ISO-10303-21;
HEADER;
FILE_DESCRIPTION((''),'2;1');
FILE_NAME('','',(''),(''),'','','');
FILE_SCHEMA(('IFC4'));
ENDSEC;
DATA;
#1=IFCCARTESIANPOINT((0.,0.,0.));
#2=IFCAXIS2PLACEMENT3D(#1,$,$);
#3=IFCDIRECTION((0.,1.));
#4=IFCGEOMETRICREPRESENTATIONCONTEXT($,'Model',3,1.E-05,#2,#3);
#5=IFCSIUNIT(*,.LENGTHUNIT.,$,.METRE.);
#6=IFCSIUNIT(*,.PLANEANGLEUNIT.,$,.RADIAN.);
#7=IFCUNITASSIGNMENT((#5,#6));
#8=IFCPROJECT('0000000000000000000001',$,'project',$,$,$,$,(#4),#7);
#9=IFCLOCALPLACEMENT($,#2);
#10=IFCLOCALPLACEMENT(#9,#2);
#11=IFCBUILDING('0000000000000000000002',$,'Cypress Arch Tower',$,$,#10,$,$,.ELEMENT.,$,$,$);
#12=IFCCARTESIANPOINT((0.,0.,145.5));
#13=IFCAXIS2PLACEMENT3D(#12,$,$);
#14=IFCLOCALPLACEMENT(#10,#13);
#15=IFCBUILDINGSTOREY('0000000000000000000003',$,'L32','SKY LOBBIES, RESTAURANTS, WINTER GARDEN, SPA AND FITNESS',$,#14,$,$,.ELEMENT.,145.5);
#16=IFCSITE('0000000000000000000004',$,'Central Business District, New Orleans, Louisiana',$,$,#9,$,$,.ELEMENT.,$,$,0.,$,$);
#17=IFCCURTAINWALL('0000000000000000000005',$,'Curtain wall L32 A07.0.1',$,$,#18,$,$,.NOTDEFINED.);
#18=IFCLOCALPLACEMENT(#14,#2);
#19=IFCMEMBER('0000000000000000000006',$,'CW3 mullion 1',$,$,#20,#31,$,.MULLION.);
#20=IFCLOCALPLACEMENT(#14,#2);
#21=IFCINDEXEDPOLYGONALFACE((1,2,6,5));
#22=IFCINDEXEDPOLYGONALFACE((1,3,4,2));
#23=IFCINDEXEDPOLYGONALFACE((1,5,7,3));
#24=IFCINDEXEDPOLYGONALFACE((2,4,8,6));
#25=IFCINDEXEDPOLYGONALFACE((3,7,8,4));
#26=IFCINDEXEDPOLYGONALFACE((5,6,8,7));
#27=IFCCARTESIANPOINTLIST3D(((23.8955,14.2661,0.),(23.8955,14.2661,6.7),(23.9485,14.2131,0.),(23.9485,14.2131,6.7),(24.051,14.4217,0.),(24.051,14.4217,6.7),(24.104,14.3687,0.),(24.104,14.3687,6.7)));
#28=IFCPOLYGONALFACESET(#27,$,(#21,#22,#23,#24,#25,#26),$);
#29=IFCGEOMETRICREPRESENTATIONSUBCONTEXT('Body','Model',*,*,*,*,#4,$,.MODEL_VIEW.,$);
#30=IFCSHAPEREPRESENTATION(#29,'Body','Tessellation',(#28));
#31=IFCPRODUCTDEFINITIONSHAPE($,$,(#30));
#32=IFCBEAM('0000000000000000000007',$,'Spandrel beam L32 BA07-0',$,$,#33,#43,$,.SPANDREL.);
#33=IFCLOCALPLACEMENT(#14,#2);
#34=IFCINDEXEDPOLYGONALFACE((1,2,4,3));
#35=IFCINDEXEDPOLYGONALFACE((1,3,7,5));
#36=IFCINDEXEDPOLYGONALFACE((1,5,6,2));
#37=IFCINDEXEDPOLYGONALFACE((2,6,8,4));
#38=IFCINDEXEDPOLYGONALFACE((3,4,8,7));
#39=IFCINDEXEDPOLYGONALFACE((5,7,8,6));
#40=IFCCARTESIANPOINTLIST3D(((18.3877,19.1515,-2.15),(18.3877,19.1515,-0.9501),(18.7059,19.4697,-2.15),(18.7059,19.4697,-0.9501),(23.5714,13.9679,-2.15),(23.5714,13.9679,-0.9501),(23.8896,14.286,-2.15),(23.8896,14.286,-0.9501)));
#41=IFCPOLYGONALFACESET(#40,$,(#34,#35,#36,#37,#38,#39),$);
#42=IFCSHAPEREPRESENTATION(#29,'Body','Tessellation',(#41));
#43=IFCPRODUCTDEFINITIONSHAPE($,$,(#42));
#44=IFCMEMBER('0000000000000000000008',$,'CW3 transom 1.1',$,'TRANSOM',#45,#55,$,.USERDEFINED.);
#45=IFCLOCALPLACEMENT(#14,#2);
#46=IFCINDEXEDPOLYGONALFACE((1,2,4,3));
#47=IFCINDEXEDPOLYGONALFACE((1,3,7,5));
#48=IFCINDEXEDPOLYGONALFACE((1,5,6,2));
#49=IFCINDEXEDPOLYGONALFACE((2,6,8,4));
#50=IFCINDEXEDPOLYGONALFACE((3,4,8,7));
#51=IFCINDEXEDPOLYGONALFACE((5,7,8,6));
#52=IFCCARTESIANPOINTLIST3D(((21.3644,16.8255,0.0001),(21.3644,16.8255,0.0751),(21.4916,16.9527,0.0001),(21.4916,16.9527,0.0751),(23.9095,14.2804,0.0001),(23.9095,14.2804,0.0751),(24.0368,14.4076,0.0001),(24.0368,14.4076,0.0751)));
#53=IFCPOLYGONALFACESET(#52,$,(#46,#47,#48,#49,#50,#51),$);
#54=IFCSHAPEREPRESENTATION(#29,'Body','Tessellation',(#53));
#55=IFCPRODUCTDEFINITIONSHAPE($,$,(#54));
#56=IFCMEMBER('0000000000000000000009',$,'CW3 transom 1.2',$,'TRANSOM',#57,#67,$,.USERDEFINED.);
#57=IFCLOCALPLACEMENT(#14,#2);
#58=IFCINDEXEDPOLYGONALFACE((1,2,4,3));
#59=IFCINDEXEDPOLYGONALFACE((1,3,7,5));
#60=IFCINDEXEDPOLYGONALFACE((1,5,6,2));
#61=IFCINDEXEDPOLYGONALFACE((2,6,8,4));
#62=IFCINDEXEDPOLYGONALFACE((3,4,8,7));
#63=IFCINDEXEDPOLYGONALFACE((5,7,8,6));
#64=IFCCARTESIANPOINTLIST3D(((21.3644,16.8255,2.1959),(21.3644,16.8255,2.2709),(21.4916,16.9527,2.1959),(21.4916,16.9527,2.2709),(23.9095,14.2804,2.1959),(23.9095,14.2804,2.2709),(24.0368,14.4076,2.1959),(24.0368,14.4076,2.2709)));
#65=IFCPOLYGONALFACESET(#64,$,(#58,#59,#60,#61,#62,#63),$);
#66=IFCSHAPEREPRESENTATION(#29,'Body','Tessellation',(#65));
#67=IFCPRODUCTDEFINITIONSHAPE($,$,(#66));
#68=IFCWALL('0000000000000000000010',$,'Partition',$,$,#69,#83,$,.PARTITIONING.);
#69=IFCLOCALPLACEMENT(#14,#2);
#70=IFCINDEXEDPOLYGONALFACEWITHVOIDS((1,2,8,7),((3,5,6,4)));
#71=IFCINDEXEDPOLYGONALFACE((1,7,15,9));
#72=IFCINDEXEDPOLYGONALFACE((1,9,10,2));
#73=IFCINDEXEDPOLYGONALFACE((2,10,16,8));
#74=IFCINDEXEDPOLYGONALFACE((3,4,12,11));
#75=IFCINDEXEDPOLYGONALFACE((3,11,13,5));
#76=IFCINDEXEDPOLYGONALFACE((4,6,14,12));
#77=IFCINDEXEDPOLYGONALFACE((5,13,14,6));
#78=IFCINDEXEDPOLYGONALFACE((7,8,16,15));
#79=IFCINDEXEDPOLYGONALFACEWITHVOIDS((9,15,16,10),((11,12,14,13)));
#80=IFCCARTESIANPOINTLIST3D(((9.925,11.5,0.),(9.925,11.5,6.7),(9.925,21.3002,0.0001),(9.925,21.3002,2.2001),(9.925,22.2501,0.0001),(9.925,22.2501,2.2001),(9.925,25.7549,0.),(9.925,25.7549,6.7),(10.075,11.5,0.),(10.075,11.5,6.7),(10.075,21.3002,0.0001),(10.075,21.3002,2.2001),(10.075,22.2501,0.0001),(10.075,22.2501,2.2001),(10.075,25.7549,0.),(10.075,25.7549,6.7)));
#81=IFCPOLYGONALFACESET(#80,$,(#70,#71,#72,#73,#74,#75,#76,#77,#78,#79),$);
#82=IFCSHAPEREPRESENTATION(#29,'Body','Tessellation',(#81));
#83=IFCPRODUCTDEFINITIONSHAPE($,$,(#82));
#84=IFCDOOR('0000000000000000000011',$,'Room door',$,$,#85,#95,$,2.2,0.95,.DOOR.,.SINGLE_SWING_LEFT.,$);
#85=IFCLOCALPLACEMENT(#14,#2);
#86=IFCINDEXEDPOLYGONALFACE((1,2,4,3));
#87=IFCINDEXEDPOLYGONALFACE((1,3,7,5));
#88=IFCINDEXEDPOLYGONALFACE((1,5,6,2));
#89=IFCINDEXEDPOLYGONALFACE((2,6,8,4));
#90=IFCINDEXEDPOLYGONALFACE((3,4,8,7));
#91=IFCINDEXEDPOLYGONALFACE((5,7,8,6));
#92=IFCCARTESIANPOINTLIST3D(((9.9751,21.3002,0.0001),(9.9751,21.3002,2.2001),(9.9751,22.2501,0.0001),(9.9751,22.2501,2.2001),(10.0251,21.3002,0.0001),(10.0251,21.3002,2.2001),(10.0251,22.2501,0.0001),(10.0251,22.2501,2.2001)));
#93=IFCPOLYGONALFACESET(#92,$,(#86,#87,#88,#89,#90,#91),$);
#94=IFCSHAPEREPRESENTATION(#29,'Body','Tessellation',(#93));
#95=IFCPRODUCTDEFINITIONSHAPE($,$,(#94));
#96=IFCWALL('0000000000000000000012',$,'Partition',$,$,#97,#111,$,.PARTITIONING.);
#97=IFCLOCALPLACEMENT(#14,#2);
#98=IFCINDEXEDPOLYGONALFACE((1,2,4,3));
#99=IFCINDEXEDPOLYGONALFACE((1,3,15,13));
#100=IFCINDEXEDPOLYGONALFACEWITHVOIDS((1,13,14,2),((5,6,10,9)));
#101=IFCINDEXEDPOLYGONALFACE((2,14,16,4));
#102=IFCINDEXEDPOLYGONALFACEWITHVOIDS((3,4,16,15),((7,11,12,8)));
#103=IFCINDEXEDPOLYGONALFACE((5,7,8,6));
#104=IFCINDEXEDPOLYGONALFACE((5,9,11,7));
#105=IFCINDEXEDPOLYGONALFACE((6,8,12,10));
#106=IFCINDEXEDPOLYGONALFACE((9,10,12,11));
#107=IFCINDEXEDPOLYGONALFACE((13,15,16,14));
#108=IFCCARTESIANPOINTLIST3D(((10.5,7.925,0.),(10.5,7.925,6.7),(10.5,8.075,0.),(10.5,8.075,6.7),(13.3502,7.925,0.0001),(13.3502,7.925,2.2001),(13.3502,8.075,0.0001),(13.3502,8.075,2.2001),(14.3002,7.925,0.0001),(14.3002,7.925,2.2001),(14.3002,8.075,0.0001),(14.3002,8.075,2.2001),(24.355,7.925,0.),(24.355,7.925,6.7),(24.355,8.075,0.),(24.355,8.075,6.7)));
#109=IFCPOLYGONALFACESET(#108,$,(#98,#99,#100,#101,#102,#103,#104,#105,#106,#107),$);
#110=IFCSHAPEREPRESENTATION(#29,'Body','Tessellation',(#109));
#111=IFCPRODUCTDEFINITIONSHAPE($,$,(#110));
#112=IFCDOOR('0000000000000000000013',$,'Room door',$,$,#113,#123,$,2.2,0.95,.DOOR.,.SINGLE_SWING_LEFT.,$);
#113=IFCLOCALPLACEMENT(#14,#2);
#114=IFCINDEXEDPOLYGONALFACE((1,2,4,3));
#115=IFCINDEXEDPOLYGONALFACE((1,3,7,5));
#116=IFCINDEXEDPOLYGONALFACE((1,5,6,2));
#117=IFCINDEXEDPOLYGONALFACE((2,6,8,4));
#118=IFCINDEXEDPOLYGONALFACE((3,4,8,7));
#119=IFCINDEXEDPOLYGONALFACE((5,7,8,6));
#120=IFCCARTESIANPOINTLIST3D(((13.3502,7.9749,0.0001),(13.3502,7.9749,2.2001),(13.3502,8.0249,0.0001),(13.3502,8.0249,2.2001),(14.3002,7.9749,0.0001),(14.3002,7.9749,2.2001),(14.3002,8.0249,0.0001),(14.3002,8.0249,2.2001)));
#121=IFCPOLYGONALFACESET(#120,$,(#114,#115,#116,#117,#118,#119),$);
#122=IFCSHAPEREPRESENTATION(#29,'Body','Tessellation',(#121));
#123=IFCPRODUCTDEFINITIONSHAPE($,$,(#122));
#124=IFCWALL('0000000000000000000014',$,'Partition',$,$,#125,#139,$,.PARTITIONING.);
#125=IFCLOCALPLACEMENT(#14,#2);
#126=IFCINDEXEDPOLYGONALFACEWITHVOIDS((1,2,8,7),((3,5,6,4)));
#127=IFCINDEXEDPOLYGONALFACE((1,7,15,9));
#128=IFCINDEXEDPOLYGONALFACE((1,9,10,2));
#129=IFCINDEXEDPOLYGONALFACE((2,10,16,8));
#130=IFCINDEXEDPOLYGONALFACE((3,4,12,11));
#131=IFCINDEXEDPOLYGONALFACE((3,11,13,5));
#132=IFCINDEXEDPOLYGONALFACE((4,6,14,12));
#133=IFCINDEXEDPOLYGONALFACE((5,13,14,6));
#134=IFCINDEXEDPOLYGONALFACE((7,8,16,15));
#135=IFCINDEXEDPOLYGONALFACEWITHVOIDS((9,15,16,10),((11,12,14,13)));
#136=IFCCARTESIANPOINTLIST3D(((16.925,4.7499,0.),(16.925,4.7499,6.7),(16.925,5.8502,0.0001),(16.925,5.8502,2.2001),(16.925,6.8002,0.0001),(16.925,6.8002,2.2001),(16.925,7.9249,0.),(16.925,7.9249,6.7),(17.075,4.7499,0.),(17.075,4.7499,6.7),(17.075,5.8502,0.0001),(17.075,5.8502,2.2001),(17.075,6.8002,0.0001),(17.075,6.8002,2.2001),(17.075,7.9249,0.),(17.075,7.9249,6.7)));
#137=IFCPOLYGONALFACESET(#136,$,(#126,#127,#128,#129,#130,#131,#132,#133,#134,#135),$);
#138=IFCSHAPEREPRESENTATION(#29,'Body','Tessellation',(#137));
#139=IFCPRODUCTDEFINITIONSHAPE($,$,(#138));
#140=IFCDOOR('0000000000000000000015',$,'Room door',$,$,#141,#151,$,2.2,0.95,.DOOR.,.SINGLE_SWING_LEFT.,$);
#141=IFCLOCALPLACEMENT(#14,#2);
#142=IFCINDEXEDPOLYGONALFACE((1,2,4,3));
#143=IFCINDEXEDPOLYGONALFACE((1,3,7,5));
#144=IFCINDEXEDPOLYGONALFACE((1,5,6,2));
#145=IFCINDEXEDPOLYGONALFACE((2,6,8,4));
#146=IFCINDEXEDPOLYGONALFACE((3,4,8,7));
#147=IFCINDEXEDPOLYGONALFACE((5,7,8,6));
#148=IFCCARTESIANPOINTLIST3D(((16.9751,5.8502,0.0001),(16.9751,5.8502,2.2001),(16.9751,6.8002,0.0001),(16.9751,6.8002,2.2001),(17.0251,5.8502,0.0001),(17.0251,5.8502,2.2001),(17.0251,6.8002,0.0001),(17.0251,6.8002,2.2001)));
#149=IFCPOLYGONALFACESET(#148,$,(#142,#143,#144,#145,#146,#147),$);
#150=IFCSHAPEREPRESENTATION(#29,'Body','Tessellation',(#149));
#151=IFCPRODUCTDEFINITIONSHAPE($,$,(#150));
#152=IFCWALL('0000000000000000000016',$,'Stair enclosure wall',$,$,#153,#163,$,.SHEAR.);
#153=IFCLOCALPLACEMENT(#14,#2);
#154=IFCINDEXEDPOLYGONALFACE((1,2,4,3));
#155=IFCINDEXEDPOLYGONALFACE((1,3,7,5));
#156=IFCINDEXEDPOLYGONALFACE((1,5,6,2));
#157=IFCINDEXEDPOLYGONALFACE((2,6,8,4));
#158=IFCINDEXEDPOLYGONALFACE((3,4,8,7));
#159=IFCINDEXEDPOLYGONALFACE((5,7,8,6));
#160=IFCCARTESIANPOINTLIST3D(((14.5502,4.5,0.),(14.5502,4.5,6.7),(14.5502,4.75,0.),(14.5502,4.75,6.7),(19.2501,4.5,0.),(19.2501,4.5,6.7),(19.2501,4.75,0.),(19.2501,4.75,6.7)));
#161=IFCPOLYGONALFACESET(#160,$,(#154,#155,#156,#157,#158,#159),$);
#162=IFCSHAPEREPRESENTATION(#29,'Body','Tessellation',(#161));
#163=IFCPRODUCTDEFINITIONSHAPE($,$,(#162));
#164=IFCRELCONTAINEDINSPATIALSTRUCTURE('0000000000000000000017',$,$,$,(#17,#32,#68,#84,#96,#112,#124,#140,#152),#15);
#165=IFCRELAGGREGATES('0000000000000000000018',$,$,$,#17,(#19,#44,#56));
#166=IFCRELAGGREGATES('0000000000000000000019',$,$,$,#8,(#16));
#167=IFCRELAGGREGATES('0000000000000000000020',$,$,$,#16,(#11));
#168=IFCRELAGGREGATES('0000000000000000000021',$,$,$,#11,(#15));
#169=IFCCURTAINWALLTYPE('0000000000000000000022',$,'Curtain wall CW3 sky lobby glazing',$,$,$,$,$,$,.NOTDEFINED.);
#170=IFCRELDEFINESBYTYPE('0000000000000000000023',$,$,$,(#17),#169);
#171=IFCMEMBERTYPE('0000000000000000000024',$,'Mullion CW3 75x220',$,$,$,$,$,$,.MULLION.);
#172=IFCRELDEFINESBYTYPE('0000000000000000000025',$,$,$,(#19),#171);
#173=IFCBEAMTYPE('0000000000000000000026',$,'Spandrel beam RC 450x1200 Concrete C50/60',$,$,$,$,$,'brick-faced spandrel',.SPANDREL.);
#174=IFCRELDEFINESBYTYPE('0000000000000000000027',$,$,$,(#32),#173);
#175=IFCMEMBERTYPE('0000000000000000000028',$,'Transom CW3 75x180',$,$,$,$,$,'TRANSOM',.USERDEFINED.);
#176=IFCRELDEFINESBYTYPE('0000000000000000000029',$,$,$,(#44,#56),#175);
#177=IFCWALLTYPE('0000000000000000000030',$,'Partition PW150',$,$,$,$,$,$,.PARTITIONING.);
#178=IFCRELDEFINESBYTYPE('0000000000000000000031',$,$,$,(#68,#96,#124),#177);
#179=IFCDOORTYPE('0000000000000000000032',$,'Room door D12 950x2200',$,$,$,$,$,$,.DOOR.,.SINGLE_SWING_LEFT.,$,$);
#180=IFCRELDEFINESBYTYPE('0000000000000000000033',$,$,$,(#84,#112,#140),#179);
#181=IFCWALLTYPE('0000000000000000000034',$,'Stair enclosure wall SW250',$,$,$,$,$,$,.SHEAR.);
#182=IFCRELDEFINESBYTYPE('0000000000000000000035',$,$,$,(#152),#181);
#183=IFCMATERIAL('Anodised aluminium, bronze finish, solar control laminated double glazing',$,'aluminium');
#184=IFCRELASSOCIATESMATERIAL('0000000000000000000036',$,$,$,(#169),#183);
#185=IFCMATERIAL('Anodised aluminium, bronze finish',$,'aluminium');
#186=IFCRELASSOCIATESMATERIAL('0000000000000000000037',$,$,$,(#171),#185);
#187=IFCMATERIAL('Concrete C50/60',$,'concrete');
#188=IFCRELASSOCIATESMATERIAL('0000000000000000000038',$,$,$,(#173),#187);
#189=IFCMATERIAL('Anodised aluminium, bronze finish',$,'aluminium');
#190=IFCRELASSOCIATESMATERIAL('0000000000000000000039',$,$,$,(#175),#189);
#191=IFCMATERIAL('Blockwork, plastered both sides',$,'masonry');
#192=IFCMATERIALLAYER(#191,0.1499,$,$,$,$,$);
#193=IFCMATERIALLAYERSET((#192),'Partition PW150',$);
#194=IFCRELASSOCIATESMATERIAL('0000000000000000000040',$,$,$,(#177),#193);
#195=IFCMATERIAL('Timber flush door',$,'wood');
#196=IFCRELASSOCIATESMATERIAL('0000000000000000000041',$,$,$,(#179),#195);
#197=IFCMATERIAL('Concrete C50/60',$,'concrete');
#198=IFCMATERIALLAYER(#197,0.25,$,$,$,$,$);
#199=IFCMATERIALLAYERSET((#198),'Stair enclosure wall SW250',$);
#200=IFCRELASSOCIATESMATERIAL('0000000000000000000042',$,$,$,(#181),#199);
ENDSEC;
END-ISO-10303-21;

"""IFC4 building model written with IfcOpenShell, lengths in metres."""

from ifc_helpers import new_model, si_unit, direction, frame, frame_2d, origin, origin_2d, place, context, subcontext, project, spatial, rectangle, extrude, material, layer, layer_set, material_profile, profile_set, type_object, element, fill, aggregate, save


model = new_model("IFC4")

# Units and contexts
model_context = context("Model", 3, precision=1e-05, world=origin(), true_north=direction((0.0, 1.0)))
body_context = subcontext(model_context, "Body", "Model", "MODEL_VIEW")
ifc_project = project(units=[si_unit("LENGTHUNIT", "METRE"), si_unit("PLANEANGLEUNIT", "RADIAN")], contexts=[model_context])

# Site, building, storey
site_placement = place(None, origin())
site = spatial("IfcSite", under=ifc_project, at=site_placement, Name="Central Business District, New Orleans, Louisiana", CompositionType="ELEMENT", RefElevation=0.0)
building_placement = place(site_placement, origin())
building = spatial("IfcBuilding", under=site, at=building_placement, Name="Cypress Arch Tower", CompositionType="ELEMENT")
storey_placement = place(building_placement, frame((0.0, 0.0, 145.5)))
storey = spatial("IfcBuildingStorey", under=building, at=storey_placement, Name="L32", Description="SKY LOBBIES, RESTAURANTS, WINTER GARDEN, SPA AND FITNESS", CompositionType="ELEMENT", Elevation=145.5)

# Curtain wall, member
ifc_material_1 = material(Name="Anodised aluminium, bronze finish, solar control laminated double glazing", Category="aluminium")
curtain_wall_type = type_object("IfcCurtainWallType", Name="Curtain wall CW3 sky lobby glazing", PredefinedType="NOTDEFINED", material=ifc_material_1)
curtain_wall_placement = place(storey_placement, origin())
curtain_wall = element("IfcCurtainWall", 1, at=curtain_wall_placement, inside=storey, type_object=curtain_wall_type, Name="Curtain wall L32 A07.0.1", PredefinedType="NOTDEFINED")
ifc_material_2 = material(Name="Anodised aluminium, bronze finish", Category="aluminium")
ifc_material_profile_1 = material_profile(ifc_material_2, rectangle(XDim=0.22, YDim=0.075, at=origin_2d()), Name="Mullion 75x220")
ifc_profile_set_1 = profile_set([ifc_material_profile_1], Name="Anodised aluminium, bronze finish")
member_type_1 = type_object("IfcMemberType", Name="Mullion CW3 75x220", PredefinedType="MULLION", material=ifc_profile_set_1)
member_1_placement = place(storey_placement, frame((23.9998, 14.3174, 0.0), z_axis=(0.0, 0.0, 1.0), x_axis=(-0.707107, -0.707107, 0.0)))
member_1 = element("IfcMember", 2, at=member_1_placement, type_object=member_type_1, Name="CW3 mullion 1", PredefinedType="MULLION", context=body_context, shape_type="SweptSolid", body=[
    extrude(rectangle(XDim=0.22, YDim=0.075, at=origin_2d()), origin(), (0.0, 0.0, 1.0), 6.7),
])

# Beam
ifc_material_3 = material(Name="Concrete C50/60", Category="concrete")
ifc_material_profile_2 = material_profile(ifc_material_3, rectangle(XDim=0.45, YDim=1.2, at=origin_2d()), Name="RC 450x1200")
ifc_profile_set_2 = profile_set([ifc_material_profile_2], Name="Concrete C50/60")
beam_type_1 = type_object("IfcBeamType", Name="Spandrel beam RC 450x1200 Concrete C50/60", ElementType="brick-faced spandrel", PredefinedType="SPANDREL", material=ifc_profile_set_2)
beam_1_placement = place(storey_placement, frame((23.7305, 14.127, -1.55), z_axis=(-0.707107, 0.707107, 0.0), x_axis=(-0.707107, -0.707107, 0.0)))
element("IfcBeam", 3, at=beam_1_placement, inside=storey, type_object=beam_type_1, Name="Spandrel beam L32 BA07-0", PredefinedType="SPANDREL", context=body_context, shape_type="SweptSolid", body=[
    extrude(rectangle(XDim=0.45, YDim=1.2, at=origin_2d()), origin(), (0.0, 0.0, 1.0), 7.3308),
])

# Members
ifc_material_4 = material(Name="Anodised aluminium, bronze finish", Category="aluminium")
ifc_material_profile_3 = material_profile(ifc_material_4, rectangle(XDim=0.1799, YDim=0.075, at=origin_2d()), Name="Transom 75x180")
ifc_profile_set_3 = profile_set([ifc_material_profile_3], Name="Anodised aluminium, bronze finish")
member_type_2 = type_object("IfcMemberType", Name="Transom CW3 75x180", ElementType="TRANSOM", PredefinedType="USERDEFINED", material=ifc_profile_set_3)
member_2_placement = place(storey_placement, frame((23.9731, 14.344, 0.0376), z_axis=(-0.707107, 0.707107, 0.0), x_axis=(-0.707107, -0.707107, 0.0)))
member_2 = element("IfcMember", 4, at=member_2_placement, type_object=member_type_2, Name="CW3 transom 1.1", ObjectType="TRANSOM", PredefinedType="USERDEFINED", context=body_context, shape_type="SweptSolid", body=[
    extrude(rectangle(XDim=0.1799, YDim=0.075, at=origin_2d()), origin(), (0.0, 0.0, 1.0), 3.5994),
])
member_3_placement = place(storey_placement, frame((23.9731, 14.344, 2.2334), z_axis=(-0.707107, 0.707107, 0.0), x_axis=(-0.707107, -0.707107, 0.0)))
member_3 = element("IfcMember", 5, at=member_3_placement, type_object=member_type_2, Name="CW3 transom 1.2", ObjectType="TRANSOM", PredefinedType="USERDEFINED", context=body_context, shape_type="SweptSolid", body=[
    extrude(rectangle(XDim=0.1799, YDim=0.075, at=origin_2d()), origin(), (0.0, 0.0, 1.0), 3.5994),
])
aggregate(curtain_wall, [member_1, member_2, member_3])

# Walls, openings, doors
ifc_material_5 = material(Name="Blockwork, plastered both sides", Category="masonry")
ifc_layer_1 = layer(ifc_material_5, 0.1499)
ifc_layer_set_1 = layer_set([ifc_layer_1], Name="Partition PW150")
wall_type_1 = type_object("IfcWallType", Name="Partition PW150", PredefinedType="PARTITIONING", material=ifc_layer_set_1)
wall_1_placement = place(storey_placement, frame((10.0, 11.5, 0.0), z_axis=(0.0, 0.0, 1.0), x_axis=(0.0, 1.0, 0.0)))
wall_1 = element("IfcWall", 6, at=wall_1_placement, inside=storey, type_object=wall_type_1, Name="Partition", PredefinedType="PARTITIONING", context=body_context, shape_type="SweptSolid", body=[
    extrude(rectangle(XDim=14.2549, YDim=0.1499, at=frame_2d((7.1274, 0.0))), origin(), (0.0, 0.0, 1.0), 6.7),
])
opening_1_placement = place(wall_1_placement, frame((9.8, 0.0, 0.0)))
opening_1 = element("IfcOpeningElement", 7, at=opening_1_placement, cuts=wall_1, PredefinedType="OPENING", context=body_context, shape_type="SweptSolid", body=[
    extrude(rectangle(XDim=0.95, YDim=2.2, at=frame_2d((0.4751, 1.1001))), frame((0.0, 0.085, 0.0), z_axis=(0.0, -1.0, 0.0), x_axis=(1.0, 0.0, 0.0)), (0.0, 0.0, 1.0), 0.1699),
])
ifc_material_6 = material(Name="Timber flush door", Category="wood")
door_type = type_object("IfcDoorType", Name="Room door D12 950x2200", OperationType="SINGLE_SWING_LEFT", PredefinedType="DOOR", material=ifc_material_6)
door_1_placement = place(opening_1_placement, origin())
door_1 = element("IfcDoor", 8, at=door_1_placement, inside=storey, type_object=door_type, Name="Room door", OperationType="SINGLE_SWING_LEFT", OverallHeight=2.2, OverallWidth=0.95, PredefinedType="DOOR", context=body_context, shape_type="SweptSolid", body=[
    extrude(rectangle(XDim=0.95, YDim=2.2, at=frame_2d((0.4751, 1.1001))), frame((0.0, 0.0249, 0.0), z_axis=(0.0, -1.0, 0.0), x_axis=(1.0, 0.0, 0.0)), (0.0, 0.0, 1.0), 0.05),
])
fill(opening_1, door_1)
wall_2_placement = place(storey_placement, frame((10.5, 8.0, 0.0), z_axis=(0.0, 0.0, 1.0), x_axis=(1.0, 0.0, 0.0)))
wall_2 = element("IfcWall", 9, at=wall_2_placement, inside=storey, type_object=wall_type_1, Name="Partition", PredefinedType="PARTITIONING", context=body_context, shape_type="SweptSolid", body=[
    extrude(rectangle(XDim=13.855, YDim=0.1499, at=frame_2d((6.9275, 0.0))), origin(), (0.0, 0.0, 1.0), 6.7),
])
opening_2_placement = place(wall_2_placement, frame((2.8501, 0.0, 0.0)))
opening_2 = element("IfcOpeningElement", 10, at=opening_2_placement, cuts=wall_2, PredefinedType="OPENING", context=body_context, shape_type="SweptSolid", body=[
    extrude(rectangle(XDim=0.95, YDim=2.2, at=frame_2d((0.4751, 1.1001))), frame((0.0, 0.085, 0.0), z_axis=(0.0, -1.0, 0.0), x_axis=(1.0, 0.0, 0.0)), (0.0, 0.0, 1.0), 0.1699),
])
door_2_placement = place(opening_2_placement, origin())
door_2 = element("IfcDoor", 11, at=door_2_placement, inside=storey, type_object=door_type, Name="Room door", OperationType="SINGLE_SWING_LEFT", OverallHeight=2.2, OverallWidth=0.95, PredefinedType="DOOR", context=body_context, shape_type="SweptSolid", body=[
    extrude(rectangle(XDim=0.95, YDim=2.2, at=frame_2d((0.4751, 1.1001))), frame((0.0, 0.0249, 0.0), z_axis=(0.0, -1.0, 0.0), x_axis=(1.0, 0.0, 0.0)), (0.0, 0.0, 1.0), 0.05),
])
fill(opening_2, door_2)
wall_3_placement = place(storey_placement, frame((17.0, 4.75, 0.0), z_axis=(0.0, 0.0, 1.0), x_axis=(0.0, 1.0, 0.0)))
wall_3 = element("IfcWall", 12, at=wall_3_placement, inside=storey, type_object=wall_type_1, Name="Partition", PredefinedType="PARTITIONING", context=body_context, shape_type="SweptSolid", body=[
    extrude(rectangle(XDim=3.175, YDim=0.1499, at=frame_2d((1.5874, 0.0))), origin(), (0.0, 0.0, 1.0), 6.7),
])
opening_3_placement = place(wall_3_placement, frame((1.1001, 0.0, 0.0)))
opening_3 = element("IfcOpeningElement", 13, at=opening_3_placement, cuts=wall_3, PredefinedType="OPENING", context=body_context, shape_type="SweptSolid", body=[
    extrude(rectangle(XDim=0.95, YDim=2.2, at=frame_2d((0.4751, 1.1001))), frame((0.0, 0.085, 0.0), z_axis=(0.0, -1.0, 0.0), x_axis=(1.0, 0.0, 0.0)), (0.0, 0.0, 1.0), 0.1699),
])
door_3_placement = place(opening_3_placement, origin())
door_3 = element("IfcDoor", 14, at=door_3_placement, inside=storey, type_object=door_type, Name="Room door", OperationType="SINGLE_SWING_LEFT", OverallHeight=2.2, OverallWidth=0.95, PredefinedType="DOOR", context=body_context, shape_type="SweptSolid", body=[
    extrude(rectangle(XDim=0.95, YDim=2.2, at=frame_2d((0.4751, 1.1001))), frame((0.0, 0.0249, 0.0), z_axis=(0.0, -1.0, 0.0), x_axis=(1.0, 0.0, 0.0)), (0.0, 0.0, 1.0), 0.05),
])
fill(opening_3, door_3)

# Wall
ifc_material_7 = material(Name="Concrete C50/60", Category="concrete")
ifc_layer_2 = layer(ifc_material_7, 0.25)
ifc_layer_set_2 = layer_set([ifc_layer_2], Name="Stair enclosure wall SW250")
wall_type_2 = type_object("IfcWallType", Name="Stair enclosure wall SW250", PredefinedType="SHEAR", material=ifc_layer_set_2)
wall_4_placement = place(storey_placement, frame((14.55, 4.625, 0.0), z_axis=(0.0, 0.0, 1.0), x_axis=(1.0, 0.0, 0.0)))
element("IfcWall", 15, at=wall_4_placement, inside=storey, type_object=wall_type_2, Name="Stair enclosure wall", PredefinedType="SHEAR", context=body_context, shape_type="SweptSolid", body=[
    extrude(rectangle(XDim=4.7, YDim=0.25, at=frame_2d((2.3501, 0.0))), origin(), (0.0, 0.0, 1.0), 6.7),
])

save(model, "model.ifc")
